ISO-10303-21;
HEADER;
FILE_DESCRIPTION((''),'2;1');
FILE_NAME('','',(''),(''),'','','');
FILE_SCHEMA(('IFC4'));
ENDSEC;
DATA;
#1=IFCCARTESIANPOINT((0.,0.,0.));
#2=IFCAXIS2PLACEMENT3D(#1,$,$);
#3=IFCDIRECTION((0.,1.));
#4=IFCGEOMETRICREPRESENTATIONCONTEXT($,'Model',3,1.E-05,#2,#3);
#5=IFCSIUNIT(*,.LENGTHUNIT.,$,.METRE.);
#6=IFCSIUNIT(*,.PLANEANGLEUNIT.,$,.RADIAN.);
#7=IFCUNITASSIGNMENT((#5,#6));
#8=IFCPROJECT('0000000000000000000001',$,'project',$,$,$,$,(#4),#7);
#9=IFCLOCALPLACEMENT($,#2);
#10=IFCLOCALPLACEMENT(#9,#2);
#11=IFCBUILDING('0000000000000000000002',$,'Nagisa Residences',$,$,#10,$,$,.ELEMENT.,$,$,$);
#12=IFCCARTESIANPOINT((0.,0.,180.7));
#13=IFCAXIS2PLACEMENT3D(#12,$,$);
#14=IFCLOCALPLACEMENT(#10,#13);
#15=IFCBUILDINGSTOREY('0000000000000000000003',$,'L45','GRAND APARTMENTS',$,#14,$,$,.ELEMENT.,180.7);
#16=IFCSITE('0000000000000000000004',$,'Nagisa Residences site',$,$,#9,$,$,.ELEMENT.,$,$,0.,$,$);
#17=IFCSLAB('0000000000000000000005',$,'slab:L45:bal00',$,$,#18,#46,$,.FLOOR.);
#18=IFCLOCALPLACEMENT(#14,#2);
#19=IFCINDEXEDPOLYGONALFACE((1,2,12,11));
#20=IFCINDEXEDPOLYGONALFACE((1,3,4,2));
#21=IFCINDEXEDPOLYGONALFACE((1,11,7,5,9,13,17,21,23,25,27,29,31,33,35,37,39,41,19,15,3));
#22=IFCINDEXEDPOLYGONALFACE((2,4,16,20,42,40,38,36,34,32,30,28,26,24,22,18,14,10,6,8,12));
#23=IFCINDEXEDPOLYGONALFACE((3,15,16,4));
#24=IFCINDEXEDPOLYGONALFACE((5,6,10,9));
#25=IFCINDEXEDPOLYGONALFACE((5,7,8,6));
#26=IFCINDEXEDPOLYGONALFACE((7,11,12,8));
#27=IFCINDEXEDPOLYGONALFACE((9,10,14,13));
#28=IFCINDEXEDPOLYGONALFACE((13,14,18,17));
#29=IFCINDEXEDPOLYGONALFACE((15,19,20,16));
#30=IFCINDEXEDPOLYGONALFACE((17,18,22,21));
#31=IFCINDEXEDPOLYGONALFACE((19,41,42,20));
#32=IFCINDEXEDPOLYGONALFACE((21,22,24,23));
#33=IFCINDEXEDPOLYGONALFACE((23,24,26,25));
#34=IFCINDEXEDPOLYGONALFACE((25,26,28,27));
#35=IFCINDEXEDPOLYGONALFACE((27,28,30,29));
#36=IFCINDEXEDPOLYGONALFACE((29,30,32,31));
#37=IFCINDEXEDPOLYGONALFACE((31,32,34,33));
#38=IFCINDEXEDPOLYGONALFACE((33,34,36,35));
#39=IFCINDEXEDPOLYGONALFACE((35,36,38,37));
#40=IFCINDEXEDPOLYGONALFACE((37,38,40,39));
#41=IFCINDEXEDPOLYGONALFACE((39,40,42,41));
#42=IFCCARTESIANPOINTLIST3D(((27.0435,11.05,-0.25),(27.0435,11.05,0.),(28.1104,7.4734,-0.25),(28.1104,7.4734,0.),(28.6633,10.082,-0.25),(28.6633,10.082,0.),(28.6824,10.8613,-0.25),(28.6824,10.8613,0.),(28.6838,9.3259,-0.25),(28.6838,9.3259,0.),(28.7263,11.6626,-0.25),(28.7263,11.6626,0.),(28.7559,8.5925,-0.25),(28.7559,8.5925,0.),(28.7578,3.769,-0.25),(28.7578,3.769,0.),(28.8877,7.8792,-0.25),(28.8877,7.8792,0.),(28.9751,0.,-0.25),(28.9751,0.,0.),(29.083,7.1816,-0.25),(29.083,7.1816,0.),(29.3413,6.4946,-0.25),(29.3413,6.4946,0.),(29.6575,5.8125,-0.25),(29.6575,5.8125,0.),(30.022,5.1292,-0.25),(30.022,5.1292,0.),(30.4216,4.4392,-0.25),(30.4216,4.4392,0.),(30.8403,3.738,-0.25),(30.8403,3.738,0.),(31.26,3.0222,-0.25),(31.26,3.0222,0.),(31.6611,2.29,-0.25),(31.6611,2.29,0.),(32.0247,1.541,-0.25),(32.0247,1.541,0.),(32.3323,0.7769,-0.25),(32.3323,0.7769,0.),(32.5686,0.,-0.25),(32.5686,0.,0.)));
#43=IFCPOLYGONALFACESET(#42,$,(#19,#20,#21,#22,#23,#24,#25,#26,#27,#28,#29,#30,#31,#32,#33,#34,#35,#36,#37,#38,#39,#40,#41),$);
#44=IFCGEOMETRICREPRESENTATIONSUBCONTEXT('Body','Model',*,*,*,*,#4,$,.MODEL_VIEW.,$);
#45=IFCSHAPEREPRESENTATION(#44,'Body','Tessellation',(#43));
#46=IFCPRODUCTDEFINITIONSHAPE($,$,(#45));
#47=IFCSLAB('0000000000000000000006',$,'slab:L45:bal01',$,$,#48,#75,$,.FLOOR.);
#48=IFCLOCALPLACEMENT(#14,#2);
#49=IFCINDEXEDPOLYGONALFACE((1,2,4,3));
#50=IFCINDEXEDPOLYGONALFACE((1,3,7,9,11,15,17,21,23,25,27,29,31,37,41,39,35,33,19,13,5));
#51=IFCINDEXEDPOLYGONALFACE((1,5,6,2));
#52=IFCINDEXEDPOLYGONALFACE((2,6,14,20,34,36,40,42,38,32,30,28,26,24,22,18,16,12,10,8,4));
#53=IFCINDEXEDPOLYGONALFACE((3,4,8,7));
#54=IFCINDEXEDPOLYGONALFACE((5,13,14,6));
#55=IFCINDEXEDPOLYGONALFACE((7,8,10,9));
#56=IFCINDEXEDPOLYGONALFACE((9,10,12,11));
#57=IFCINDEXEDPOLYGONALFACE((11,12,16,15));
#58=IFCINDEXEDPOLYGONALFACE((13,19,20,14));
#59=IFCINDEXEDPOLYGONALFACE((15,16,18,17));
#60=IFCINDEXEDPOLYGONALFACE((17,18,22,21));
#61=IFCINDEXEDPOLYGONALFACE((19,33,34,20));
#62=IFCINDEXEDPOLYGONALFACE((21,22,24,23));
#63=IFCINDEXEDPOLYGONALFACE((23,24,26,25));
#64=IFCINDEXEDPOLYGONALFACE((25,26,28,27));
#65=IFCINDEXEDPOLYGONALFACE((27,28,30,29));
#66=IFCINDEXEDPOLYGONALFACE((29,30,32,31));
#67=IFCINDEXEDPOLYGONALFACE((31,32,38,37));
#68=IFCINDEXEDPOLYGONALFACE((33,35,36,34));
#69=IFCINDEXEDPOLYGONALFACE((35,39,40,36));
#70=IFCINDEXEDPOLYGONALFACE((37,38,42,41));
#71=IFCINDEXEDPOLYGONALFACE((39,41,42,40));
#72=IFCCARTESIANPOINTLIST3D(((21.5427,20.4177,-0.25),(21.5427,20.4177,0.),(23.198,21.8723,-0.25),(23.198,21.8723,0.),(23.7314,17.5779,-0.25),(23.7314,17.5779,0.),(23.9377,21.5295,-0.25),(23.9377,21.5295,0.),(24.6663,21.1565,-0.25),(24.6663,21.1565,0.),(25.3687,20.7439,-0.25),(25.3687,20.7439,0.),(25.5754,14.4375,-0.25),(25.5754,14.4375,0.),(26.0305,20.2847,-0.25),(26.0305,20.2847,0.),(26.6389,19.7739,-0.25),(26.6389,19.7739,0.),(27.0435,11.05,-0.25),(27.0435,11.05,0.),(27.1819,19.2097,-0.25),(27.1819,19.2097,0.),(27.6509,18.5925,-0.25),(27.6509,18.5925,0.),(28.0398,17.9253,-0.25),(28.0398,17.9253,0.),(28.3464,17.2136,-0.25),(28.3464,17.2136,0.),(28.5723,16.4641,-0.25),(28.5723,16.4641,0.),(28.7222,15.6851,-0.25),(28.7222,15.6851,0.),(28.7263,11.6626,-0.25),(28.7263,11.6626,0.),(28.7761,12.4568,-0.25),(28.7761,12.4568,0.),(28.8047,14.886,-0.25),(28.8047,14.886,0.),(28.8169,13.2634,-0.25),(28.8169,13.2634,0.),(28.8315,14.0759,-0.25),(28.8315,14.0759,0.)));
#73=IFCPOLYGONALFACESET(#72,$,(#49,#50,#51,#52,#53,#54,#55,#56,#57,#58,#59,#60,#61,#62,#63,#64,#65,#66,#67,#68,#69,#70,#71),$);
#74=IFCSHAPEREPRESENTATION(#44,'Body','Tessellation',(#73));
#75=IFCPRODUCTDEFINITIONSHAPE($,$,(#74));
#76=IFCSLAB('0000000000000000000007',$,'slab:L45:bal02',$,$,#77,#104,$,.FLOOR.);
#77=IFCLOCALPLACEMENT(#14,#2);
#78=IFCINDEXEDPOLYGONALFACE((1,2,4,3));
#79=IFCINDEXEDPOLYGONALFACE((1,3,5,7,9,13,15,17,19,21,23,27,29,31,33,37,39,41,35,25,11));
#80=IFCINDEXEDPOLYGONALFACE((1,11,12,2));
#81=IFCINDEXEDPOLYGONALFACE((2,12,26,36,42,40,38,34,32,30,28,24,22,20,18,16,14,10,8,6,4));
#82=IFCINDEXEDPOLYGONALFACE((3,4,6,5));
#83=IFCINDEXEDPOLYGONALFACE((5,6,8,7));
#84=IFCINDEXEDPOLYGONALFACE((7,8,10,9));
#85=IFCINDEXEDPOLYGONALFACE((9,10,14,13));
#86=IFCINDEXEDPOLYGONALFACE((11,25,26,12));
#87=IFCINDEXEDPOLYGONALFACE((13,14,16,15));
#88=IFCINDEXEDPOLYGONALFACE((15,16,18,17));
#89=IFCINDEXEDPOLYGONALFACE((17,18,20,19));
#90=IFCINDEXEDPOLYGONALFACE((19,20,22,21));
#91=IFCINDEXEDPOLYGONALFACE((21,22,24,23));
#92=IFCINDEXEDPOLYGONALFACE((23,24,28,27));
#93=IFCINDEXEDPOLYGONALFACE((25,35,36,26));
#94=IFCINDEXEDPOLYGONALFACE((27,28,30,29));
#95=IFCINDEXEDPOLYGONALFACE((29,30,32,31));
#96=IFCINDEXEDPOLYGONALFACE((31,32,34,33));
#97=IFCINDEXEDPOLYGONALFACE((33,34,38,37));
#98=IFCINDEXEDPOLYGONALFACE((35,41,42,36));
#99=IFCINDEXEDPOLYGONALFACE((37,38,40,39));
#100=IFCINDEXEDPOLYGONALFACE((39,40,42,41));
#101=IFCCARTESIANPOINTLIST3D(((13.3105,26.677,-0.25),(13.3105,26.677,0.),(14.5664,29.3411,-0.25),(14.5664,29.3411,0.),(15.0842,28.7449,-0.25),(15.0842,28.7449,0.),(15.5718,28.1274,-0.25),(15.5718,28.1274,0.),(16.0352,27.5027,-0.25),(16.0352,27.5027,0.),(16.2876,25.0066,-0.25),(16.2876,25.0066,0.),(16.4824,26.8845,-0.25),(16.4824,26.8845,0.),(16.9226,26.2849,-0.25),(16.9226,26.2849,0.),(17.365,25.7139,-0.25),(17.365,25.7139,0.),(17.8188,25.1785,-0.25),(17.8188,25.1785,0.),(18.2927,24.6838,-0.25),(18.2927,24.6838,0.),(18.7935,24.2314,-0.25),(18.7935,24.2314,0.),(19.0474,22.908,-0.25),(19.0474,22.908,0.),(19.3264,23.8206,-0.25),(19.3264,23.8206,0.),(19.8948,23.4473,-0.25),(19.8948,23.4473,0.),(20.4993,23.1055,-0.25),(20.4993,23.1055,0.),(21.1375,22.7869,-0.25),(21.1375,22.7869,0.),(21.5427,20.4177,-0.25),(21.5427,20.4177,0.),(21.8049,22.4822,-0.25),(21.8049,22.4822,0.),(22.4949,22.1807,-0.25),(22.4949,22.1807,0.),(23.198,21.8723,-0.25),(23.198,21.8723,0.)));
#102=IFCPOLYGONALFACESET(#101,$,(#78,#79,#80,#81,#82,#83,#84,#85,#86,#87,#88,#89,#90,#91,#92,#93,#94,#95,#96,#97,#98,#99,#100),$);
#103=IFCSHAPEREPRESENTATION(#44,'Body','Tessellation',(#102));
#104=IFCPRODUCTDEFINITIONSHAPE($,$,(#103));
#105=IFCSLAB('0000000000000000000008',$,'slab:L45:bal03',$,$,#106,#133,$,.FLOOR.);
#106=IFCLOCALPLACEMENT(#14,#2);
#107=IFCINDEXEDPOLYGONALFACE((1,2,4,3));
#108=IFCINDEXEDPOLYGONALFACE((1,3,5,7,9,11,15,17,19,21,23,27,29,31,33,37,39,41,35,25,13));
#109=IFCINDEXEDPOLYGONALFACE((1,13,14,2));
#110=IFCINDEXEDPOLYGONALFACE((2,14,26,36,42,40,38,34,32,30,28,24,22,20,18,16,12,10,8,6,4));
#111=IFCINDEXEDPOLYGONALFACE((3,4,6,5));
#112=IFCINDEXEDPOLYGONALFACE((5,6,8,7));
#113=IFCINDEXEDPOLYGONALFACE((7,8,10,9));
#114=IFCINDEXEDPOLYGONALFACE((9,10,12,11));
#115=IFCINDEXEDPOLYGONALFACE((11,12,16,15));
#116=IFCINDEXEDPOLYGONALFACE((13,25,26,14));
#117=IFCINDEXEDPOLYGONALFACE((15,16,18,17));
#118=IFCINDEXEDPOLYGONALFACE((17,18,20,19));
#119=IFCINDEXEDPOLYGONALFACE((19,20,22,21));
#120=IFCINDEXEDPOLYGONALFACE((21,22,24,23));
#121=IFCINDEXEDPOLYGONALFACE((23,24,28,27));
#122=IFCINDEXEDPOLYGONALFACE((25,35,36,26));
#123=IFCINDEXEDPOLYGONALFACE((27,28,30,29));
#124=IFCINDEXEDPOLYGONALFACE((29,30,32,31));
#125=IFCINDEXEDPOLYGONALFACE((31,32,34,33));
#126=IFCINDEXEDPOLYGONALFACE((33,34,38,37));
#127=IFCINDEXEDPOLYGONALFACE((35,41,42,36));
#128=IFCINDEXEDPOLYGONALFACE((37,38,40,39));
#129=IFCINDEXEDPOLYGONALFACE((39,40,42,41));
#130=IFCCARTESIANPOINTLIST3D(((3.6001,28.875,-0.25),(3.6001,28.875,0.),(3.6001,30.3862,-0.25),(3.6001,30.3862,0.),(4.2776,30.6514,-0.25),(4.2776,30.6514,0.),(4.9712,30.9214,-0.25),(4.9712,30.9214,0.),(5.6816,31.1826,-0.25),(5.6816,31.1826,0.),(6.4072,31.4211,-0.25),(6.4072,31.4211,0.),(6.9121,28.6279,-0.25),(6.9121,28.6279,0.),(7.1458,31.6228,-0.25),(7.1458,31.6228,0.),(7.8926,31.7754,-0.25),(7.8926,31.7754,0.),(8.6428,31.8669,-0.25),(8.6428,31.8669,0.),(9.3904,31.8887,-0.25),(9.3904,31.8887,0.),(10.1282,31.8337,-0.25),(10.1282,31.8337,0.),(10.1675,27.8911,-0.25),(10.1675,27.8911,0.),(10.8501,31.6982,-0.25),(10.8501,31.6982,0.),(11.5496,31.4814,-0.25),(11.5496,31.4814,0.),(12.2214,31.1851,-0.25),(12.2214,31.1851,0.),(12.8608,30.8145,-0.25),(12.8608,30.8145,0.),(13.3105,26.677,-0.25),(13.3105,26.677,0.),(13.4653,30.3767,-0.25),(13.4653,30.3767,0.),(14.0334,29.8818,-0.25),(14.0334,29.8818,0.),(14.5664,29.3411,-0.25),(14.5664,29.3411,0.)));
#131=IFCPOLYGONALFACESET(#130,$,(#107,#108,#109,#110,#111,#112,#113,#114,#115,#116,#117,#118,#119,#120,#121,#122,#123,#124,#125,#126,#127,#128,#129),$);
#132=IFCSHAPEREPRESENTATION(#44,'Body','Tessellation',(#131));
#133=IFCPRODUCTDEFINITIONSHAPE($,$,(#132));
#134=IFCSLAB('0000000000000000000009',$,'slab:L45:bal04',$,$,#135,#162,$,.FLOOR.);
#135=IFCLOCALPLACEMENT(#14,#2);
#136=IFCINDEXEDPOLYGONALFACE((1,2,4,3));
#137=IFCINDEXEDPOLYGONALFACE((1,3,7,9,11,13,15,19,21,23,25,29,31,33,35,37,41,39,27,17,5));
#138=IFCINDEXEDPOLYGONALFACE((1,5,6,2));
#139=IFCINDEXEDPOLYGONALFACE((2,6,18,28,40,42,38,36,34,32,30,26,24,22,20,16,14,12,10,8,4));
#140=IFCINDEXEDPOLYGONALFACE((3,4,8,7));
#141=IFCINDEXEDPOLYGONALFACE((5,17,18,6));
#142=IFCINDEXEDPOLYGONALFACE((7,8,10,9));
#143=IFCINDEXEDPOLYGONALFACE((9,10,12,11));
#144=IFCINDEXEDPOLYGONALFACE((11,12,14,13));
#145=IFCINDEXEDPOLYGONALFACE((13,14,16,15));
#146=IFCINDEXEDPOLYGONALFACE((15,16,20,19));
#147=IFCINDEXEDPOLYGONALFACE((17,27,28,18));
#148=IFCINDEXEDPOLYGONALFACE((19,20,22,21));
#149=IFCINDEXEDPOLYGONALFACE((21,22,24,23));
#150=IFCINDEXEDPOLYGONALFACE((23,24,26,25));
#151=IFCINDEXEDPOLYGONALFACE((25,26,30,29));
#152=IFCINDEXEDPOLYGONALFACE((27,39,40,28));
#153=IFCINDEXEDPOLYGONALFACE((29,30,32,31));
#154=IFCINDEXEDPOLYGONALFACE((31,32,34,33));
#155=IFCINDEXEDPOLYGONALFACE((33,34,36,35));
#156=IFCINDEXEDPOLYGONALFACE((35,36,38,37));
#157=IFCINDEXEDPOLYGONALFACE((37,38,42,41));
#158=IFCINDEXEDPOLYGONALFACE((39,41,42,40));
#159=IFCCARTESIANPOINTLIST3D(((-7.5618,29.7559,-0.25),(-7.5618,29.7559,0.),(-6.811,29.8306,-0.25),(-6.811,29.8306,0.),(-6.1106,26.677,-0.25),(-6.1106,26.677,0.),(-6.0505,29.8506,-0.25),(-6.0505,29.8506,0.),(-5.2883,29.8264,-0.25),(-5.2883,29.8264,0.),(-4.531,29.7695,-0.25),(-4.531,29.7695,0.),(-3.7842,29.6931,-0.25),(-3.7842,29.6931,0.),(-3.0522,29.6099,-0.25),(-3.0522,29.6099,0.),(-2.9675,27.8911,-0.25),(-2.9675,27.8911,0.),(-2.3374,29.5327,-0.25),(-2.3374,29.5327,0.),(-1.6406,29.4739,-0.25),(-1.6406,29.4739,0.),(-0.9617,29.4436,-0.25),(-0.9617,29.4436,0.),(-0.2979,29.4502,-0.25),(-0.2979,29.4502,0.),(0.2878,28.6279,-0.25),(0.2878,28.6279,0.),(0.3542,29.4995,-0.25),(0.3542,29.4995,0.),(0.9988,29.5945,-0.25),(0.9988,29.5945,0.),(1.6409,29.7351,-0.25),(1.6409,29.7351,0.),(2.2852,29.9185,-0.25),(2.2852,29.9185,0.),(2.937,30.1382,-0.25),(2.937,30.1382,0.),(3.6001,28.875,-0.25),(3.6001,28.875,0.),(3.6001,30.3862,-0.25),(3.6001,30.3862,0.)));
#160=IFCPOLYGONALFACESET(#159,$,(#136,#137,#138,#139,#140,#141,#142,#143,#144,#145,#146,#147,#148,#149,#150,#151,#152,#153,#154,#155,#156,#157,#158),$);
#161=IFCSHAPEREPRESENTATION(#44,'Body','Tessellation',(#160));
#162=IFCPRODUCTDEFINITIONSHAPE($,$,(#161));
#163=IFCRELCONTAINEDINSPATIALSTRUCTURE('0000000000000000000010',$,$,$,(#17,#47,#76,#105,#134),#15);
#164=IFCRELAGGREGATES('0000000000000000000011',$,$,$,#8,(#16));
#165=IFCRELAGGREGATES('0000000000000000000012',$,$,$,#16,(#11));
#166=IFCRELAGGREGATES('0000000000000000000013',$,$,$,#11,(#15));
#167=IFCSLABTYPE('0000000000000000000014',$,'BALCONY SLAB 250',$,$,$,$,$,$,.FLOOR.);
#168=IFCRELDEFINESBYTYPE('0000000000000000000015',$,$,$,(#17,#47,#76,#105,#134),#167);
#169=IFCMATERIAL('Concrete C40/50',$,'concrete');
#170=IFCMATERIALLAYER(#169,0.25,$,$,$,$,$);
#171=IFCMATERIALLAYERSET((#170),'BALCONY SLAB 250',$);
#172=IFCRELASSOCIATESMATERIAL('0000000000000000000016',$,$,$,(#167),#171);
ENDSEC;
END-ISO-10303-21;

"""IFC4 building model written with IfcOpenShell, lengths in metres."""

from ifc_helpers import new_model, si_unit, direction, frame, origin, place, context, subcontext, project, spatial, polyline, outline, extrude, material, layer, layer_set, type_object, element, save


model = new_model("IFC4")

# Units and contexts
model_context = context("Model", 3, precision=1e-05, world=origin(), true_north=direction((0.0, 1.0)))
body_context = subcontext(model_context, "Body", "Model", "MODEL_VIEW")
ifc_project = project(units=[si_unit("LENGTHUNIT", "METRE"), si_unit("PLANEANGLEUNIT", "RADIAN")], contexts=[model_context])

# Site, building, storey
site_placement = place(None, origin())
site = spatial("IfcSite", under=ifc_project, at=site_placement, Name="Nagisa Residences site", CompositionType="ELEMENT", RefElevation=0.0)
building_placement = place(site_placement, origin())
building = spatial("IfcBuilding", under=site, at=building_placement, Name="Nagisa Residences", CompositionType="ELEMENT")
storey_placement = place(building_placement, frame((0.0, 0.0, 180.7)))
storey = spatial("IfcBuildingStorey", under=building, at=storey_placement, Name="L45", Description="GRAND APARTMENTS", CompositionType="ELEMENT", Elevation=180.7)

# Slabs
ifc_material_1 = material(Name="Concrete C40/50", Category="concrete")
ifc_layer_1 = layer(ifc_material_1, 0.25)
ifc_layer_set_1 = layer_set([ifc_layer_1], Name="BALCONY SLAB 250")
slab_type_1 = type_object("IfcSlabType", Name="BALCONY SLAB 250", PredefinedType="FLOOR", material=ifc_layer_set_1)
slab_1_placement = place(storey_placement, frame((0.0, 0.0, -0.25)))
element("IfcSlab", 1, at=slab_1_placement, inside=storey, type_object=slab_type_1, Name="slab:L45:bal00", PredefinedType="FLOOR", context=body_context, shape_type="SweptSolid", body=[
    extrude(outline(polyline([(32.5686, 0.0), (32.3323, 0.7769), (32.0247, 1.541), (31.6611, 2.29), (31.26, 3.0222), (30.8403, 3.738), (30.4216, 4.4392), (30.022, 5.1292), (29.6575, 5.8125), (29.3413, 6.4946), (29.083, 7.1816), (28.8877, 7.8792), (28.7559, 8.5925), (28.6838, 9.3259), (28.6633, 10.082), (28.6824, 10.8613), (28.7263, 11.6626), (27.0435, 11.05), (28.1104, 7.4734), (28.7578, 3.769), (28.9751, 0.0), (32.5686, 0.0)])), origin(), (0.0, 0.0, 1.0), 0.25),
])
slab_2_placement = place(storey_placement, frame((0.0, 0.0, -0.25)))
element("IfcSlab", 2, at=slab_2_placement, inside=storey, type_object=slab_type_1, Name="slab:L45:bal01", PredefinedType="FLOOR", context=body_context, shape_type="SweptSolid", body=[
    extrude(outline(polyline([(28.7263, 11.6626), (28.7761, 12.4568), (28.8169, 13.2634), (28.8315, 14.0759), (28.8047, 14.886), (28.7222, 15.6851), (28.5723, 16.4641), (28.3464, 17.2136), (28.0398, 17.9253), (27.6509, 18.5925), (27.1819, 19.2097), (26.6389, 19.7739), (26.0305, 20.2847), (25.3687, 20.7439), (24.6663, 21.1565), (23.9377, 21.5295), (23.198, 21.8723), (21.5427, 20.4177), (23.7314, 17.5779), (25.5754, 14.4375), (27.0435, 11.05), (28.7263, 11.6626)])), origin(), (0.0, 0.0, 1.0), 0.25),
])
slab_3_placement = place(storey_placement, frame((0.0, 0.0, -0.25)))
element("IfcSlab", 3, at=slab_3_placement, inside=storey, type_object=slab_type_1, Name="slab:L45:bal02", PredefinedType="FLOOR", context=body_context, shape_type="SweptSolid", body=[
    extrude(outline(polyline([(23.198, 21.8723), (22.4949, 22.1807), (21.8049, 22.4822), (21.1375, 22.7869), (20.4993, 23.1055), (19.8948, 23.4473), (19.3264, 23.8206), (18.7935, 24.2314), (18.2927, 24.6838), (17.8188, 25.1785), (17.365, 25.7139), (16.9226, 26.2849), (16.4824, 26.8845), (16.0352, 27.5027), (15.5718, 28.1274), (15.0842, 28.7449), (14.5664, 29.3411), (13.3105, 26.677), (16.2876, 25.0066), (19.0474, 22.908), (21.5427, 20.4177), (23.198, 21.8723)])), origin(), (0.0, 0.0, 1.0), 0.25),
])
slab_4_placement = place(storey_placement, frame((0.0, 0.0, -0.25)))
element("IfcSlab", 4, at=slab_4_placement, inside=storey, type_object=slab_type_1, Name="slab:L45:bal03", PredefinedType="FLOOR", context=body_context, shape_type="SweptSolid", body=[
    extrude(outline(polyline([(14.5664, 29.3411), (14.0334, 29.8818), (13.4653, 30.3767), (12.8608, 30.8145), (12.2214, 31.1851), (11.5496, 31.4814), (10.8501, 31.6982), (10.1282, 31.8337), (9.3904, 31.8887), (8.6428, 31.8669), (7.8926, 31.7754), (7.1458, 31.6228), (6.4072, 31.4211), (5.6816, 31.1826), (4.9712, 30.9214), (4.2776, 30.6514), (3.6001, 30.3862), (3.6001, 28.875), (6.9121, 28.6279), (10.1675, 27.8911), (13.3105, 26.677), (14.5664, 29.3411)])), origin(), (0.0, 0.0, 1.0), 0.25),
])
slab_5_placement = place(storey_placement, frame((0.0, 0.0, -0.25)))
element("IfcSlab", 5, at=slab_5_placement, inside=storey, type_object=slab_type_1, Name="slab:L45:bal04", PredefinedType="FLOOR", context=body_context, shape_type="SweptSolid", body=[
    extrude(outline(polyline([(3.6001, 30.3862), (2.937, 30.1382), (2.2852, 29.9185), (1.6409, 29.7351), (0.9988, 29.5945), (0.3542, 29.4995), (-0.2979, 29.4502), (-0.9617, 29.4436), (-1.6406, 29.4739), (-2.3374, 29.5327), (-3.0522, 29.6099), (-3.7842, 29.6931), (-4.531, 29.7695), (-5.2883, 29.8264), (-6.0505, 29.8506), (-6.811, 29.8306), (-7.5618, 29.7559), (-6.1106, 26.677), (-2.9675, 27.8911), (0.2878, 28.6279), (3.6001, 28.875), (3.6001, 30.3862)])), origin(), (0.0, 0.0, 1.0), 0.25),
])

save(model, "model.ifc")
